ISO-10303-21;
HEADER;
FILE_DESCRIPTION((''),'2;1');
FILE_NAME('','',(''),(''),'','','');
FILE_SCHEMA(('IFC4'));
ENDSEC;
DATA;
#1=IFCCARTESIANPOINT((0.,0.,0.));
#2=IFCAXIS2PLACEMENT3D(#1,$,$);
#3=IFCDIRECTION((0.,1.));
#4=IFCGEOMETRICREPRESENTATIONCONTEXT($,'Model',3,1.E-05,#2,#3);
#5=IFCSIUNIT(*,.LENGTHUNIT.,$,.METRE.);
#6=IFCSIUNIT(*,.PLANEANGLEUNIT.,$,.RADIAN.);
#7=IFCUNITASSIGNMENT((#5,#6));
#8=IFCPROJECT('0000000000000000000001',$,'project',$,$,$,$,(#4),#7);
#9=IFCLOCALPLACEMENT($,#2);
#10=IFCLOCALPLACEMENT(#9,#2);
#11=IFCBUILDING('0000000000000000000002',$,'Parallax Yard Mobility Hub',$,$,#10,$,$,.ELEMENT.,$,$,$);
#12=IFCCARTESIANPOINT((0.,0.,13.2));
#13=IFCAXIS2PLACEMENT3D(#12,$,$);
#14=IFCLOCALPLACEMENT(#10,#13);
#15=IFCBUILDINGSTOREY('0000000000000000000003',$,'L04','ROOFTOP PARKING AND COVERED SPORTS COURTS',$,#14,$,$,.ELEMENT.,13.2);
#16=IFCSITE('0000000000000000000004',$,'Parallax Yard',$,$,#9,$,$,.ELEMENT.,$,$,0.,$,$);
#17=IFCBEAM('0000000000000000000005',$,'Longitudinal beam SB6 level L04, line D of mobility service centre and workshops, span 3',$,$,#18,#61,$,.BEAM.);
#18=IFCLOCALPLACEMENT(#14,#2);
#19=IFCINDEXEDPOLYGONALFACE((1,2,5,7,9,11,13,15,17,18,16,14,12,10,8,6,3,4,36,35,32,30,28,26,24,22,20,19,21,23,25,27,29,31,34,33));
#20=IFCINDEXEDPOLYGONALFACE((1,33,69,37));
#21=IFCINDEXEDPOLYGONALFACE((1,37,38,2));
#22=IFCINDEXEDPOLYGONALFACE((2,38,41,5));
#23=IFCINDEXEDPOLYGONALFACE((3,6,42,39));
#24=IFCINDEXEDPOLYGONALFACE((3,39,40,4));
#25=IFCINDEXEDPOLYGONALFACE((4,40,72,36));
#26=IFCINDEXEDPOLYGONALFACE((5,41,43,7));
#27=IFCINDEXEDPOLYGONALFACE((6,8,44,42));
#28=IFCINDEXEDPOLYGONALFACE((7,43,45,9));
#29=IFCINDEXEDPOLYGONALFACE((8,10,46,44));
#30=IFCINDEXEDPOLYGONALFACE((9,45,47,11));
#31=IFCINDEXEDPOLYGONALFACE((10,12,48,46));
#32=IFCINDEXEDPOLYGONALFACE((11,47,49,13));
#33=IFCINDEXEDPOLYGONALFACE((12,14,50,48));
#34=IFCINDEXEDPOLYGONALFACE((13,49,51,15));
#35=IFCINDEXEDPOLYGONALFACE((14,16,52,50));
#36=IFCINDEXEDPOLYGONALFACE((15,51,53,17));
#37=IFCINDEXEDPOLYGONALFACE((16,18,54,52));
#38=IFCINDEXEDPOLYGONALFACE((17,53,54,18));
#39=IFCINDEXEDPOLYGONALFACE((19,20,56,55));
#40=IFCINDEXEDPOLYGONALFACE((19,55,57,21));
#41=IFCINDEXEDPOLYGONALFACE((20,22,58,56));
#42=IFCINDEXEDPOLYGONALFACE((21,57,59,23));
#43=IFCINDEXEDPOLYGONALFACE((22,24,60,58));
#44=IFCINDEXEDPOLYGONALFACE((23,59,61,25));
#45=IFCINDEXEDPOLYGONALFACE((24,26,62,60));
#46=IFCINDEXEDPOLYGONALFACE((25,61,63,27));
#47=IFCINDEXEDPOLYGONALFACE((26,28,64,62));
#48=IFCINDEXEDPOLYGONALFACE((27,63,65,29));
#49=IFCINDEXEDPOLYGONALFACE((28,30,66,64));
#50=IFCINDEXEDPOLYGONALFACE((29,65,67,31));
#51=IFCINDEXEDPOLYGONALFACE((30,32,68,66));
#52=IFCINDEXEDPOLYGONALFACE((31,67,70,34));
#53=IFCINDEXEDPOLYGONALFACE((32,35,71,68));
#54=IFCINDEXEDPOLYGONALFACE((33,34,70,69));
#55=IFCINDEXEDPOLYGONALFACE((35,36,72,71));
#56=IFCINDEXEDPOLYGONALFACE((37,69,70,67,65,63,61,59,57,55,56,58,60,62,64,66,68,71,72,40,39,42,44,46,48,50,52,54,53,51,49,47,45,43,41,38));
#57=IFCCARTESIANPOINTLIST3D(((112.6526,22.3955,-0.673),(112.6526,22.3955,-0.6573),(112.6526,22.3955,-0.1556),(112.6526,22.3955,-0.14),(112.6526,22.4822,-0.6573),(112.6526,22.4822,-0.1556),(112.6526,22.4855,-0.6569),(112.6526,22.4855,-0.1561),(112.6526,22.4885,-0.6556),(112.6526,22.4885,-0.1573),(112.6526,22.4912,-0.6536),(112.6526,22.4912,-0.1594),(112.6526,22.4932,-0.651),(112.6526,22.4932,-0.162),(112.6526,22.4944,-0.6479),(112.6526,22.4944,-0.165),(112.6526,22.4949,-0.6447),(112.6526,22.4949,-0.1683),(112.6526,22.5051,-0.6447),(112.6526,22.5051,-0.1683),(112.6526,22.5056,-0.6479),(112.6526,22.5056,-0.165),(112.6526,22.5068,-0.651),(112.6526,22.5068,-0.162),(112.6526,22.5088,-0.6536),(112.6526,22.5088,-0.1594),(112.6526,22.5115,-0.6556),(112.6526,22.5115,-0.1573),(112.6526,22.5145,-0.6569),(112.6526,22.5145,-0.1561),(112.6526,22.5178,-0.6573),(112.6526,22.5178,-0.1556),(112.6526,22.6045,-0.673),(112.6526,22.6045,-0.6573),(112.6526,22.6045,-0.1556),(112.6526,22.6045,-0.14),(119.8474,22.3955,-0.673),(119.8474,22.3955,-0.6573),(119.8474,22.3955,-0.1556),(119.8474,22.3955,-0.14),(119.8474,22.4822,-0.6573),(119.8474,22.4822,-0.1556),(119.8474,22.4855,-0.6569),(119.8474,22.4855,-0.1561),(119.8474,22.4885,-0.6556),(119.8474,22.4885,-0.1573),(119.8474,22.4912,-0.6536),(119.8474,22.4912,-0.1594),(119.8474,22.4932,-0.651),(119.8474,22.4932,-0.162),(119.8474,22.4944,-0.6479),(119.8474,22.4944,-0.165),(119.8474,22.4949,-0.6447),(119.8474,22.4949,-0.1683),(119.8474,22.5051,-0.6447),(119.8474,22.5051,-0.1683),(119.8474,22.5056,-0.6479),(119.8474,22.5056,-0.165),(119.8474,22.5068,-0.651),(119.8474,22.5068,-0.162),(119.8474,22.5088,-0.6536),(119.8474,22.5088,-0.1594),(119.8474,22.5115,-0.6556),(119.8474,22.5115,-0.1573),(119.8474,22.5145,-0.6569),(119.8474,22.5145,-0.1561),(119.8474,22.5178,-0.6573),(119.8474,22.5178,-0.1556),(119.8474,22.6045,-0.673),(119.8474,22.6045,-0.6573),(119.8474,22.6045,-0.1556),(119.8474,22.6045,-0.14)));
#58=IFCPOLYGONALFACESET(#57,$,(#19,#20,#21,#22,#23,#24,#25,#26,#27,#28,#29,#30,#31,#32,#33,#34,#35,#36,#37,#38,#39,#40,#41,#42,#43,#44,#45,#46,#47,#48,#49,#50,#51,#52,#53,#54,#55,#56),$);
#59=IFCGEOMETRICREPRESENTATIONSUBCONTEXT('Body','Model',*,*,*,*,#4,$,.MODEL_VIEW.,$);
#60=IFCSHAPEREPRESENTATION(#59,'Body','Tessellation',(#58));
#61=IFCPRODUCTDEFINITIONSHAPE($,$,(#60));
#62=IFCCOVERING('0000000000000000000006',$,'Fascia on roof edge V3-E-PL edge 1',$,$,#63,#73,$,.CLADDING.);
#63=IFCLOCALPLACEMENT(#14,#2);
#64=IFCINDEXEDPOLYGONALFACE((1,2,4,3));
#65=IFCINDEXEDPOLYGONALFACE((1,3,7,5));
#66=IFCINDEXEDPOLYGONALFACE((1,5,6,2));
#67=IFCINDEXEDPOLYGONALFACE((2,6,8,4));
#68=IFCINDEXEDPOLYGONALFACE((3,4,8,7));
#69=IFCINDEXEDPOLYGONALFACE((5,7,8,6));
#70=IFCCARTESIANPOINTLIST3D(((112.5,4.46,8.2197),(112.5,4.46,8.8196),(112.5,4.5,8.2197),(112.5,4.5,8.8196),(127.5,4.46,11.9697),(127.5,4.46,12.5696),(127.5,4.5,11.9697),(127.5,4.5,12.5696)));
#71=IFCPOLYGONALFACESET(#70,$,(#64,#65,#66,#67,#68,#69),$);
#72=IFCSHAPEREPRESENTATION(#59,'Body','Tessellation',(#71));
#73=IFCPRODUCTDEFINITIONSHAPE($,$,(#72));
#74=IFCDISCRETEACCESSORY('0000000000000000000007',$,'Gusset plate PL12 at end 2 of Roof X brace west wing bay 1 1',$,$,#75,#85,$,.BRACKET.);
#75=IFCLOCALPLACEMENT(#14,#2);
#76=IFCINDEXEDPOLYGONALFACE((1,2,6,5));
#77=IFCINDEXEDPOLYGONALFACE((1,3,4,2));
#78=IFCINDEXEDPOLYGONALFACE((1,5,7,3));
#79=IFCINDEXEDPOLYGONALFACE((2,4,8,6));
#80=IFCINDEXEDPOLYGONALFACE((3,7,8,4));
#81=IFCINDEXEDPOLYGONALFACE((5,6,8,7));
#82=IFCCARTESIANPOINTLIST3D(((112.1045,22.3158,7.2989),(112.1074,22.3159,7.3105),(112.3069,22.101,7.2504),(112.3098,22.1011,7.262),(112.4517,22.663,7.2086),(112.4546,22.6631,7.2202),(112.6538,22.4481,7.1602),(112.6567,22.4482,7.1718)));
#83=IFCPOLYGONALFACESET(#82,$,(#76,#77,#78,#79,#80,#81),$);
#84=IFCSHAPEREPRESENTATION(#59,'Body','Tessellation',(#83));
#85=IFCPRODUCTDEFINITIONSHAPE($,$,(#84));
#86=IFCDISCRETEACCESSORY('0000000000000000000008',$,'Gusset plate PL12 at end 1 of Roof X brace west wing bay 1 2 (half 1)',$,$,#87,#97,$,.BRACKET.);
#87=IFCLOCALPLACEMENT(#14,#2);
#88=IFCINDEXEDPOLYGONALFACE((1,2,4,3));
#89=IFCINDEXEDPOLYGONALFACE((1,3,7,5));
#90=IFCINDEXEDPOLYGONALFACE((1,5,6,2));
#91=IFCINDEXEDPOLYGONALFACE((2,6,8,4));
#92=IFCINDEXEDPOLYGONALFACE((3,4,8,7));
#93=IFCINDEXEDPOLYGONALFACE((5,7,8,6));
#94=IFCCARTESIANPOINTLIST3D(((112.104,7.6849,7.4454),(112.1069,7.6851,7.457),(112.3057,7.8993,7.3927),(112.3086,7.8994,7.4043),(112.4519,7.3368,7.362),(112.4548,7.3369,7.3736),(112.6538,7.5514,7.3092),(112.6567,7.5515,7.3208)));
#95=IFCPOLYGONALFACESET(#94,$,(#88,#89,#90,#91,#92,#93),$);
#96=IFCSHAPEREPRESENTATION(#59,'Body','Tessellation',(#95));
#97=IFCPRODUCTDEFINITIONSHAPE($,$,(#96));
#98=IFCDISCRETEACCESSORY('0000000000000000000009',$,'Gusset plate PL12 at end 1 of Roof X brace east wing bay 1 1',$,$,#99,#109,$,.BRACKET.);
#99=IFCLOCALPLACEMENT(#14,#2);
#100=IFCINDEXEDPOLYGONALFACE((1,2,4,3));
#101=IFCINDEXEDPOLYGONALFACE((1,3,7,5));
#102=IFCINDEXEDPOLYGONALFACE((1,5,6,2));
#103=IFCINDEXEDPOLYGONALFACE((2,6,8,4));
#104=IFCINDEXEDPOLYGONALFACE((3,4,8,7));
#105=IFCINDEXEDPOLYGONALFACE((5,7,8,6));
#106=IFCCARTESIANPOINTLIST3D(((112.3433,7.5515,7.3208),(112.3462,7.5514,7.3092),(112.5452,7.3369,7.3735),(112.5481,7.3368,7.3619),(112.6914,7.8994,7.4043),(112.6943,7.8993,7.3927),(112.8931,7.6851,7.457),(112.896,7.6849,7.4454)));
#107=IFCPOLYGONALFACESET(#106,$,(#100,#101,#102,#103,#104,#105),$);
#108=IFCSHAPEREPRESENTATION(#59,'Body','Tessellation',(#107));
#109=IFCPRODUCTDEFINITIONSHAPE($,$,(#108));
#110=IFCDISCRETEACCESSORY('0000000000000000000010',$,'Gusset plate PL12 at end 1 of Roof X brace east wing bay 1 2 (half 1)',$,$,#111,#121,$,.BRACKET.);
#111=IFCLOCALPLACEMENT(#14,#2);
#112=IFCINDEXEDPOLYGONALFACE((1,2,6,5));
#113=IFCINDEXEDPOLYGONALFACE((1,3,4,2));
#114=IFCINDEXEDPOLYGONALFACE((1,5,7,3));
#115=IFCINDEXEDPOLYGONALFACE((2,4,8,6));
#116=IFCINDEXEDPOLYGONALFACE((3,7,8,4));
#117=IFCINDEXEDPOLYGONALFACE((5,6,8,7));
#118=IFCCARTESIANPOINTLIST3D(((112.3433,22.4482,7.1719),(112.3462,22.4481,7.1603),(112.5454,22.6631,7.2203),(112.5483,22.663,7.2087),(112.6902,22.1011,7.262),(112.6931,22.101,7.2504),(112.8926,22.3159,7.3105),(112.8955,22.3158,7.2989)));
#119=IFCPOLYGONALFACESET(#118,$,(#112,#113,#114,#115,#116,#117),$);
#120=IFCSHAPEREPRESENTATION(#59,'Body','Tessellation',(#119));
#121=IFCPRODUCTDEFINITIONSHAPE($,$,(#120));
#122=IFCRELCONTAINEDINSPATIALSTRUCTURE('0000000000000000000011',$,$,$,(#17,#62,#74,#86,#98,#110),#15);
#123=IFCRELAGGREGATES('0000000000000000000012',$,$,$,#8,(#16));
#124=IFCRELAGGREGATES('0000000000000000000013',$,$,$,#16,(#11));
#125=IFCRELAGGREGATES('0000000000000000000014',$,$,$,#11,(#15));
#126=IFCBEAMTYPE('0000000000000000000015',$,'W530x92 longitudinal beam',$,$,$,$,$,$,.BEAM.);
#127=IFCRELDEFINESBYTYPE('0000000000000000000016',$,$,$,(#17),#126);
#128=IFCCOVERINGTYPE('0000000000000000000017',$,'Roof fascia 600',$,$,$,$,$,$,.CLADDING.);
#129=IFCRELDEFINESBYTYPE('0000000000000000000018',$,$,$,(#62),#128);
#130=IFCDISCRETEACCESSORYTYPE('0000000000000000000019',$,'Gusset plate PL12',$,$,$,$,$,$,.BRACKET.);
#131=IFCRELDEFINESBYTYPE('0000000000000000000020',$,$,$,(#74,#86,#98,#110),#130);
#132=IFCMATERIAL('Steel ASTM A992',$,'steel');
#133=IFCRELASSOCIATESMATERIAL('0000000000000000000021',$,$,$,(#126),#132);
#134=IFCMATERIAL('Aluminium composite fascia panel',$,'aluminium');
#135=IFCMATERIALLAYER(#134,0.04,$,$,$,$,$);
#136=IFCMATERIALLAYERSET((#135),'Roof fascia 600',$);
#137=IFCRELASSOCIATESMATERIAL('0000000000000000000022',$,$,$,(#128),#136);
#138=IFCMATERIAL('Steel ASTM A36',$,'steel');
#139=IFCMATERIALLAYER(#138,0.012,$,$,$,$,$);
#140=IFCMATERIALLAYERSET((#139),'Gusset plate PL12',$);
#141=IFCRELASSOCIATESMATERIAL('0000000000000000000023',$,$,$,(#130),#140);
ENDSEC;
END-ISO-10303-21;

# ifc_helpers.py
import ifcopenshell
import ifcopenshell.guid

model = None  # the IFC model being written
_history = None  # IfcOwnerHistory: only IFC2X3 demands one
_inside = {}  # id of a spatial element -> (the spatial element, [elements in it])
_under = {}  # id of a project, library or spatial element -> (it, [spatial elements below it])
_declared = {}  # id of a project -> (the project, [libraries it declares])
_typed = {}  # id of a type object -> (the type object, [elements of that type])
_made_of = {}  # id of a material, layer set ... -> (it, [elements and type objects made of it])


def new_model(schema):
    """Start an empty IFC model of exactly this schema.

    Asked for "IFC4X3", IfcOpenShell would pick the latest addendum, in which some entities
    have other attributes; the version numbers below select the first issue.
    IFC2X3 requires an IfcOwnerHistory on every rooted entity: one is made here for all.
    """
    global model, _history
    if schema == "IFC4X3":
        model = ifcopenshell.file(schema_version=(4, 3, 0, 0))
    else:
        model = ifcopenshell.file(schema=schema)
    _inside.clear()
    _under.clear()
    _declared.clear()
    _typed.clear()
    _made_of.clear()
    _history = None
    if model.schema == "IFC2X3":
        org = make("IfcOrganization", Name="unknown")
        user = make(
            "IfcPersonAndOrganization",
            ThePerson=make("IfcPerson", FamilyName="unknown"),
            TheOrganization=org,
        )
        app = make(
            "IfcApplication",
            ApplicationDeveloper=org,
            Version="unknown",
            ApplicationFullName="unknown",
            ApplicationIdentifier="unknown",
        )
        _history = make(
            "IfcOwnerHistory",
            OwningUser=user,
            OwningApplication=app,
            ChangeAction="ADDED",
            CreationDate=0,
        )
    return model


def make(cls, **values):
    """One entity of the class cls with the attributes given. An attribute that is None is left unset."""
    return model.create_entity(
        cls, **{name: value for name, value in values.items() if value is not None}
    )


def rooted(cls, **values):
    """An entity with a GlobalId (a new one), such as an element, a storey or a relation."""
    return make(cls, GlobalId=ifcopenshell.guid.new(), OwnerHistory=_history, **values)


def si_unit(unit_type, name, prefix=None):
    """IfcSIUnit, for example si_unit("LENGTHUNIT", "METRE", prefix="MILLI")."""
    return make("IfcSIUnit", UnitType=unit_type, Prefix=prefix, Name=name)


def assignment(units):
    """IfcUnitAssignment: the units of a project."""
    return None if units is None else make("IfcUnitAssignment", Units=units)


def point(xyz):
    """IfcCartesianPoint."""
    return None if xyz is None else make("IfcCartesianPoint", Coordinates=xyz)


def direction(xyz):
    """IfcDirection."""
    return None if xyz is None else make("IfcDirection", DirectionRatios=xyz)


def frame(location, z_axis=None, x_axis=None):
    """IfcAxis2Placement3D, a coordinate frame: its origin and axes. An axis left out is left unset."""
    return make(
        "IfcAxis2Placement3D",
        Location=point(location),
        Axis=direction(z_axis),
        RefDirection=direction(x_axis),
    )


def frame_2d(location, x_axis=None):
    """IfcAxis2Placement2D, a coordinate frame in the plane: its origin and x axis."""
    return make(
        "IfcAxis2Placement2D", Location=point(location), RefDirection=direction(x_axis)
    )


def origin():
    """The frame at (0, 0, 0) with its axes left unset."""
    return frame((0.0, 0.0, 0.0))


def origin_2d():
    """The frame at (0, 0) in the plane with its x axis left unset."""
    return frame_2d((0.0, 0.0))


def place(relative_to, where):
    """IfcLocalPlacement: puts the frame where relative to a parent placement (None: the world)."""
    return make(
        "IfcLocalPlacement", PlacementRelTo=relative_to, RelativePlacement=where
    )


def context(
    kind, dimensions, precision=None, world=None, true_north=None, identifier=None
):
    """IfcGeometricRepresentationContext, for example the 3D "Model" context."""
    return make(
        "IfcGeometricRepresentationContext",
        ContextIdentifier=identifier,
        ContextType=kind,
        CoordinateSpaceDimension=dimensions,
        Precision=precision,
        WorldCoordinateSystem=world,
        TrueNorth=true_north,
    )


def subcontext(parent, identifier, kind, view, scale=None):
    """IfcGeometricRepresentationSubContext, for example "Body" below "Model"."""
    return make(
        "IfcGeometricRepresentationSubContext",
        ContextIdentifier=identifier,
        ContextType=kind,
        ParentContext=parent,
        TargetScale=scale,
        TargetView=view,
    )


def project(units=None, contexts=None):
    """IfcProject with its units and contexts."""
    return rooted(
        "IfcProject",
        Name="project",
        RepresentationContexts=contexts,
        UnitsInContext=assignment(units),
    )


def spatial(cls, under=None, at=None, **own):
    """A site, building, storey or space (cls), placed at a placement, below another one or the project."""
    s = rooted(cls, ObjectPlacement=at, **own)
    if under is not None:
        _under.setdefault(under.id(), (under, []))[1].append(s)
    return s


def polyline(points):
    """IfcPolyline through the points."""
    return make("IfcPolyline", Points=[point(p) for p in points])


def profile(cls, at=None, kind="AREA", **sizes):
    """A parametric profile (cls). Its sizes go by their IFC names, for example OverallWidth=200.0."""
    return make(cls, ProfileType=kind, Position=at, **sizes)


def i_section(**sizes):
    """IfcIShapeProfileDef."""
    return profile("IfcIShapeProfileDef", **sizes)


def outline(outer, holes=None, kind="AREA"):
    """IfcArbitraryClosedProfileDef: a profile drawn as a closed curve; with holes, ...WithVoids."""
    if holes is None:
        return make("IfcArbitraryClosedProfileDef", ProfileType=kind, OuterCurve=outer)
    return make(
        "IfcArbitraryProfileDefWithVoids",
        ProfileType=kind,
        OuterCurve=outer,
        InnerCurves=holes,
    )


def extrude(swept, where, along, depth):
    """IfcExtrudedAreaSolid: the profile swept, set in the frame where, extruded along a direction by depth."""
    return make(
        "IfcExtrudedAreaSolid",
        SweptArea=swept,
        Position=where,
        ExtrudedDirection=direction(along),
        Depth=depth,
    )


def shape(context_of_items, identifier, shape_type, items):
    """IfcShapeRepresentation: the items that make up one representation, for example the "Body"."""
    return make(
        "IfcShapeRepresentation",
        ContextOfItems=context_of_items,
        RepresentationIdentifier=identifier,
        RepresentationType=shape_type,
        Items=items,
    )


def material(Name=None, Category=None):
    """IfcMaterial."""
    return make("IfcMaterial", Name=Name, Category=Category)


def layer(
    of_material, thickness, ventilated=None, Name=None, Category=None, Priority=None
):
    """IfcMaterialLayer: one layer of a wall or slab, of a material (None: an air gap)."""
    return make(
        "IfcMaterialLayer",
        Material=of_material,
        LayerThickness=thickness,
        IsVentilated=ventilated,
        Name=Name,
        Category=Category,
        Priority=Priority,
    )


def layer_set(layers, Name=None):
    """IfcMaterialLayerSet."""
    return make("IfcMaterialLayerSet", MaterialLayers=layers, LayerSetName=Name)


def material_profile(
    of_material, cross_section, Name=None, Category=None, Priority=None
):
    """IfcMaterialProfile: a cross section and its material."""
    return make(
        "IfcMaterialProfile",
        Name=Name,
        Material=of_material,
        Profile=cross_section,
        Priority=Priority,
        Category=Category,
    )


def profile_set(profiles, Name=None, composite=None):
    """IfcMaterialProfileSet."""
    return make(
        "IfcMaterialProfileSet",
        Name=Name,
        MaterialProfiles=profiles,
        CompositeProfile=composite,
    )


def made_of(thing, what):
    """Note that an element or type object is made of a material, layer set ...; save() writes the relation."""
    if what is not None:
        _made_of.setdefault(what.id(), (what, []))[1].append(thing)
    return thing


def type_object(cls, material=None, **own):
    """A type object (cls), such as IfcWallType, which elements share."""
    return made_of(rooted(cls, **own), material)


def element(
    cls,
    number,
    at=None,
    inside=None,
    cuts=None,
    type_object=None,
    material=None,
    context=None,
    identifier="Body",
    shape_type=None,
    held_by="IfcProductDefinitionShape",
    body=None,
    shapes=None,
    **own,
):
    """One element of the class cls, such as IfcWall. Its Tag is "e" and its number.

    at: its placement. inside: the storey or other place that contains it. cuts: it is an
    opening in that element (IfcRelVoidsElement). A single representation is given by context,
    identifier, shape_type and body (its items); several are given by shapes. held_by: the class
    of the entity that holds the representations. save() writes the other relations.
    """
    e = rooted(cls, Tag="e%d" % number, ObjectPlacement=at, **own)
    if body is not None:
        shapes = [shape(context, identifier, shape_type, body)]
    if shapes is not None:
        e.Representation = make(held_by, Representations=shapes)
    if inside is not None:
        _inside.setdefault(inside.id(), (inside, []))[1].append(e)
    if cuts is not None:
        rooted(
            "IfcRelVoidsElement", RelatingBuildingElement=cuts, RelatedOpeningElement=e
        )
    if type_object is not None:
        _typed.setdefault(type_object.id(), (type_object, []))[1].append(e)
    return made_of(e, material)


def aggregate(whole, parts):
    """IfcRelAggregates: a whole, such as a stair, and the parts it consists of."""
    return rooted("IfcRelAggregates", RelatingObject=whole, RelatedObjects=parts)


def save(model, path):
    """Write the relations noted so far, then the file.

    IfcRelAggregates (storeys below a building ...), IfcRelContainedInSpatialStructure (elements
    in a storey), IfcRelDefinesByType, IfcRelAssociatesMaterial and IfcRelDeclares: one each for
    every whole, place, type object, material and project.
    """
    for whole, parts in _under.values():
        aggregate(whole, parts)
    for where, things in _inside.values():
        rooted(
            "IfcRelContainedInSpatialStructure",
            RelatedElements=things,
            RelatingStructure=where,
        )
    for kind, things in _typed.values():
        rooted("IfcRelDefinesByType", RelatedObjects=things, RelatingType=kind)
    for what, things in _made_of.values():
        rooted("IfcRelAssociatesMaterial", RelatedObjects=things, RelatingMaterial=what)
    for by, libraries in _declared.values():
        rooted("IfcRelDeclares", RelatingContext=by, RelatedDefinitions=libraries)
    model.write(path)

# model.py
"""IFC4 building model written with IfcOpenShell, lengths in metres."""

from ifc_helpers import new_model, si_unit, direction, frame, origin, origin_2d, place, context, subcontext, project, spatial, polyline, i_section, outline, extrude, material, layer, layer_set, material_profile, profile_set, type_object, element, save


model = new_model("IFC4")

# Units and contexts
model_context = context("Model", 3, precision=1e-05, world=origin(), true_north=direction((0.0, 1.0)))
body_context = subcontext(model_context, "Body", "Model", "MODEL_VIEW")
ifc_project = project(units=[si_unit("LENGTHUNIT", "METRE"), si_unit("PLANEANGLEUNIT", "RADIAN")], contexts=[model_context])

# Site, building, storey
site_placement = place(None, origin())
site = spatial("IfcSite", under=ifc_project, at=site_placement, Name="Parallax Yard", CompositionType="ELEMENT", RefElevation=0.0)
building_placement = place(site_placement, origin())
building = spatial("IfcBuilding", under=site, at=building_placement, Name="Parallax Yard Mobility Hub", CompositionType="ELEMENT")
storey_placement = place(building_placement, frame((0.0, 0.0, 13.2)))
storey = spatial("IfcBuildingStorey", under=building, at=storey_placement, Name="L04", Description="ROOFTOP PARKING AND COVERED SPORTS COURTS", CompositionType="ELEMENT", Elevation=13.2)

# Shared definitions
ifc_material_1 = material(Name="Steel ASTM A992", Category="steel")

# Beam
ifc_material_profile_1 = material_profile(ifc_material_1, i_section(OverallWidth=0.209, OverallDepth=0.533, WebThickness=0.0103, FlangeThickness=0.0156, FilletRadius=0.0127, at=origin_2d()), Name="W530x92")
ifc_profile_set_1 = profile_set([ifc_material_profile_1], Name="Steel ASTM A992")
beam_type_1 = type_object("IfcBeamType", Name="W530x92 longitudinal beam", PredefinedType="BEAM", material=ifc_profile_set_1)
for number, where, z_axis, x_axis, name in (
    (1, (112.6526, 22.5, -0.4065), (1.0, 0.0, 0.0), (0.0, 1.0, 0.0), "Longitudinal beam SB6 level L04, line D of mobility service centre and workshops, span 3"),
):
    element("IfcBeam", number, at=place(storey_placement, frame(where, z_axis=z_axis, x_axis=x_axis)), inside=storey, type_object=beam_type_1, Name=name, PredefinedType="BEAM", context=body_context, shape_type="SweptSolid", body=[
        extrude(i_section(OverallWidth=0.209, OverallDepth=0.533, WebThickness=0.0103, FlangeThickness=0.0156, FilletRadius=0.0127, at=origin_2d()), origin(), (0.0, 0.0, 1.0), 7.1948),
    ])

# Covering
ifc_material_2 = material(Name="Aluminium composite fascia panel", Category="aluminium")
ifc_layer_1 = layer(ifc_material_2, 0.04)
ifc_layer_set_1 = layer_set([ifc_layer_1], Name="Roof fascia 600")
covering_type = type_object("IfcCoveringType", Name="Roof fascia 600", PredefinedType="CLADDING", material=ifc_layer_set_1)
covering_placement = place(storey_placement, frame((112.5, 4.5, 8.8196), z_axis=(0.0, 1.0, 0.0), x_axis=(0.970143, 0.0, 0.242536)))
element("IfcCovering", 2, at=covering_placement, inside=storey, type_object=covering_type, Name="Fascia on roof edge V3-E-PL edge 1", PredefinedType="CLADDING", context=body_context, shape_type="SweptSolid", body=[
    extrude(outline(polyline([(0.0, 0.0), (15.4616, 0.0), (15.3162, 0.5819), (-0.1455, 0.5819), (0.0, 0.0)])), origin(), (0.0, 0.0, -1.0), 0.04),
])

# Discrete accessories
ifc_material_3 = material(Name="Steel ASTM A36", Category="steel")
ifc_layer_2 = layer(ifc_material_3, 0.012)
ifc_layer_set_2 = layer_set([ifc_layer_2], Name="Gusset plate PL12")
discrete_accessory_type = type_object("IfcDiscreteAccessoryType", Name="Gusset plate PL12", PredefinedType="BRACKET", material=ifc_layer_set_2)
discrete_accessory_1_placement = place(storey_placement, frame((112.3098, 22.1011, 7.262), z_axis=(0.242587, 0.00957, 0.970083), x_axis=(0.6952, 0.69573, -0.180711)))
element("IfcDiscreteAccessory", 3, at=discrete_accessory_1_placement, inside=storey, type_object=discrete_accessory_type, Name="Gusset plate PL12 at end 2 of Roof X brace west wing bay 1 1", PredefinedType="BRACKET", context=body_context, shape_type="SweptSolid", body=[
    extrude(outline(polyline([(0.0, 0.0), (0.499, 0.0), (0.4992, 0.2989), (0.0, 0.2991), (0.0, 0.0)])), origin(), (0.0, 0.0, -1.0), 0.012),
])
discrete_accessory_2_placement = place(storey_placement, frame((112.1069, 7.6851, 7.457), z_axis=(0.2428, 0.010075, 0.970024), x_axis=(0.696917, -0.69739, -0.167196)))
element("IfcDiscreteAccessory", 4, at=discrete_accessory_2_placement, inside=storey, type_object=discrete_accessory_type, Name="Gusset plate PL12 at end 1 of Roof X brace west wing bay 1 2 (half 1)", PredefinedType="BRACKET", context=body_context, shape_type="SweptSolid", body=[
    extrude(outline(polyline([(0.0, 0.0), (0.4992, 0.0), (0.4991, 0.2993), (-0.0001, 0.299), (0.0, 0.0)])), origin(), (0.0, 0.0, -1.0), 0.012),
])
discrete_accessory_3_placement = place(storey_placement, frame((112.6914, 7.8994, 7.4043), z_axis=(-0.2428, 0.010075, 0.970024), x_axis=(-0.697376, -0.696902, -0.167316)))
element("IfcDiscreteAccessory", 5, at=discrete_accessory_3_placement, inside=storey, type_object=discrete_accessory_type, Name="Gusset plate PL12 at end 1 of Roof X brace east wing bay 1 1", PredefinedType="BRACKET", context=body_context, shape_type="SweptSolid", body=[
    extrude(outline(polyline([(0.0, 0.0), (0.4992, 0.0), (0.4991, 0.2993), (-0.0001, 0.299), (0.0, 0.0)])), origin(), (0.0, 0.0, -1.0), 0.012),
])
discrete_accessory_4_placement = place(storey_placement, frame((112.8926, 22.3159, 7.3105), z_axis=(-0.242587, 0.00957, 0.970083), x_axis=(-0.695477, 0.695436, -0.180777)))
element("IfcDiscreteAccessory", 6, at=discrete_accessory_4_placement, inside=storey, type_object=discrete_accessory_type, Name="Gusset plate PL12 at end 1 of Roof X brace east wing bay 1 2 (half 1)", PredefinedType="BRACKET", context=body_context, shape_type="SweptSolid", body=[
    extrude(outline(polyline([(0.0, 0.0), (0.4992, 0.0), (0.4991, 0.2989), (0.0001, 0.2991), (0.0, 0.0)])), origin(), (0.0, 0.0, -1.0), 0.012),
])

save(model, "model.ifc")
